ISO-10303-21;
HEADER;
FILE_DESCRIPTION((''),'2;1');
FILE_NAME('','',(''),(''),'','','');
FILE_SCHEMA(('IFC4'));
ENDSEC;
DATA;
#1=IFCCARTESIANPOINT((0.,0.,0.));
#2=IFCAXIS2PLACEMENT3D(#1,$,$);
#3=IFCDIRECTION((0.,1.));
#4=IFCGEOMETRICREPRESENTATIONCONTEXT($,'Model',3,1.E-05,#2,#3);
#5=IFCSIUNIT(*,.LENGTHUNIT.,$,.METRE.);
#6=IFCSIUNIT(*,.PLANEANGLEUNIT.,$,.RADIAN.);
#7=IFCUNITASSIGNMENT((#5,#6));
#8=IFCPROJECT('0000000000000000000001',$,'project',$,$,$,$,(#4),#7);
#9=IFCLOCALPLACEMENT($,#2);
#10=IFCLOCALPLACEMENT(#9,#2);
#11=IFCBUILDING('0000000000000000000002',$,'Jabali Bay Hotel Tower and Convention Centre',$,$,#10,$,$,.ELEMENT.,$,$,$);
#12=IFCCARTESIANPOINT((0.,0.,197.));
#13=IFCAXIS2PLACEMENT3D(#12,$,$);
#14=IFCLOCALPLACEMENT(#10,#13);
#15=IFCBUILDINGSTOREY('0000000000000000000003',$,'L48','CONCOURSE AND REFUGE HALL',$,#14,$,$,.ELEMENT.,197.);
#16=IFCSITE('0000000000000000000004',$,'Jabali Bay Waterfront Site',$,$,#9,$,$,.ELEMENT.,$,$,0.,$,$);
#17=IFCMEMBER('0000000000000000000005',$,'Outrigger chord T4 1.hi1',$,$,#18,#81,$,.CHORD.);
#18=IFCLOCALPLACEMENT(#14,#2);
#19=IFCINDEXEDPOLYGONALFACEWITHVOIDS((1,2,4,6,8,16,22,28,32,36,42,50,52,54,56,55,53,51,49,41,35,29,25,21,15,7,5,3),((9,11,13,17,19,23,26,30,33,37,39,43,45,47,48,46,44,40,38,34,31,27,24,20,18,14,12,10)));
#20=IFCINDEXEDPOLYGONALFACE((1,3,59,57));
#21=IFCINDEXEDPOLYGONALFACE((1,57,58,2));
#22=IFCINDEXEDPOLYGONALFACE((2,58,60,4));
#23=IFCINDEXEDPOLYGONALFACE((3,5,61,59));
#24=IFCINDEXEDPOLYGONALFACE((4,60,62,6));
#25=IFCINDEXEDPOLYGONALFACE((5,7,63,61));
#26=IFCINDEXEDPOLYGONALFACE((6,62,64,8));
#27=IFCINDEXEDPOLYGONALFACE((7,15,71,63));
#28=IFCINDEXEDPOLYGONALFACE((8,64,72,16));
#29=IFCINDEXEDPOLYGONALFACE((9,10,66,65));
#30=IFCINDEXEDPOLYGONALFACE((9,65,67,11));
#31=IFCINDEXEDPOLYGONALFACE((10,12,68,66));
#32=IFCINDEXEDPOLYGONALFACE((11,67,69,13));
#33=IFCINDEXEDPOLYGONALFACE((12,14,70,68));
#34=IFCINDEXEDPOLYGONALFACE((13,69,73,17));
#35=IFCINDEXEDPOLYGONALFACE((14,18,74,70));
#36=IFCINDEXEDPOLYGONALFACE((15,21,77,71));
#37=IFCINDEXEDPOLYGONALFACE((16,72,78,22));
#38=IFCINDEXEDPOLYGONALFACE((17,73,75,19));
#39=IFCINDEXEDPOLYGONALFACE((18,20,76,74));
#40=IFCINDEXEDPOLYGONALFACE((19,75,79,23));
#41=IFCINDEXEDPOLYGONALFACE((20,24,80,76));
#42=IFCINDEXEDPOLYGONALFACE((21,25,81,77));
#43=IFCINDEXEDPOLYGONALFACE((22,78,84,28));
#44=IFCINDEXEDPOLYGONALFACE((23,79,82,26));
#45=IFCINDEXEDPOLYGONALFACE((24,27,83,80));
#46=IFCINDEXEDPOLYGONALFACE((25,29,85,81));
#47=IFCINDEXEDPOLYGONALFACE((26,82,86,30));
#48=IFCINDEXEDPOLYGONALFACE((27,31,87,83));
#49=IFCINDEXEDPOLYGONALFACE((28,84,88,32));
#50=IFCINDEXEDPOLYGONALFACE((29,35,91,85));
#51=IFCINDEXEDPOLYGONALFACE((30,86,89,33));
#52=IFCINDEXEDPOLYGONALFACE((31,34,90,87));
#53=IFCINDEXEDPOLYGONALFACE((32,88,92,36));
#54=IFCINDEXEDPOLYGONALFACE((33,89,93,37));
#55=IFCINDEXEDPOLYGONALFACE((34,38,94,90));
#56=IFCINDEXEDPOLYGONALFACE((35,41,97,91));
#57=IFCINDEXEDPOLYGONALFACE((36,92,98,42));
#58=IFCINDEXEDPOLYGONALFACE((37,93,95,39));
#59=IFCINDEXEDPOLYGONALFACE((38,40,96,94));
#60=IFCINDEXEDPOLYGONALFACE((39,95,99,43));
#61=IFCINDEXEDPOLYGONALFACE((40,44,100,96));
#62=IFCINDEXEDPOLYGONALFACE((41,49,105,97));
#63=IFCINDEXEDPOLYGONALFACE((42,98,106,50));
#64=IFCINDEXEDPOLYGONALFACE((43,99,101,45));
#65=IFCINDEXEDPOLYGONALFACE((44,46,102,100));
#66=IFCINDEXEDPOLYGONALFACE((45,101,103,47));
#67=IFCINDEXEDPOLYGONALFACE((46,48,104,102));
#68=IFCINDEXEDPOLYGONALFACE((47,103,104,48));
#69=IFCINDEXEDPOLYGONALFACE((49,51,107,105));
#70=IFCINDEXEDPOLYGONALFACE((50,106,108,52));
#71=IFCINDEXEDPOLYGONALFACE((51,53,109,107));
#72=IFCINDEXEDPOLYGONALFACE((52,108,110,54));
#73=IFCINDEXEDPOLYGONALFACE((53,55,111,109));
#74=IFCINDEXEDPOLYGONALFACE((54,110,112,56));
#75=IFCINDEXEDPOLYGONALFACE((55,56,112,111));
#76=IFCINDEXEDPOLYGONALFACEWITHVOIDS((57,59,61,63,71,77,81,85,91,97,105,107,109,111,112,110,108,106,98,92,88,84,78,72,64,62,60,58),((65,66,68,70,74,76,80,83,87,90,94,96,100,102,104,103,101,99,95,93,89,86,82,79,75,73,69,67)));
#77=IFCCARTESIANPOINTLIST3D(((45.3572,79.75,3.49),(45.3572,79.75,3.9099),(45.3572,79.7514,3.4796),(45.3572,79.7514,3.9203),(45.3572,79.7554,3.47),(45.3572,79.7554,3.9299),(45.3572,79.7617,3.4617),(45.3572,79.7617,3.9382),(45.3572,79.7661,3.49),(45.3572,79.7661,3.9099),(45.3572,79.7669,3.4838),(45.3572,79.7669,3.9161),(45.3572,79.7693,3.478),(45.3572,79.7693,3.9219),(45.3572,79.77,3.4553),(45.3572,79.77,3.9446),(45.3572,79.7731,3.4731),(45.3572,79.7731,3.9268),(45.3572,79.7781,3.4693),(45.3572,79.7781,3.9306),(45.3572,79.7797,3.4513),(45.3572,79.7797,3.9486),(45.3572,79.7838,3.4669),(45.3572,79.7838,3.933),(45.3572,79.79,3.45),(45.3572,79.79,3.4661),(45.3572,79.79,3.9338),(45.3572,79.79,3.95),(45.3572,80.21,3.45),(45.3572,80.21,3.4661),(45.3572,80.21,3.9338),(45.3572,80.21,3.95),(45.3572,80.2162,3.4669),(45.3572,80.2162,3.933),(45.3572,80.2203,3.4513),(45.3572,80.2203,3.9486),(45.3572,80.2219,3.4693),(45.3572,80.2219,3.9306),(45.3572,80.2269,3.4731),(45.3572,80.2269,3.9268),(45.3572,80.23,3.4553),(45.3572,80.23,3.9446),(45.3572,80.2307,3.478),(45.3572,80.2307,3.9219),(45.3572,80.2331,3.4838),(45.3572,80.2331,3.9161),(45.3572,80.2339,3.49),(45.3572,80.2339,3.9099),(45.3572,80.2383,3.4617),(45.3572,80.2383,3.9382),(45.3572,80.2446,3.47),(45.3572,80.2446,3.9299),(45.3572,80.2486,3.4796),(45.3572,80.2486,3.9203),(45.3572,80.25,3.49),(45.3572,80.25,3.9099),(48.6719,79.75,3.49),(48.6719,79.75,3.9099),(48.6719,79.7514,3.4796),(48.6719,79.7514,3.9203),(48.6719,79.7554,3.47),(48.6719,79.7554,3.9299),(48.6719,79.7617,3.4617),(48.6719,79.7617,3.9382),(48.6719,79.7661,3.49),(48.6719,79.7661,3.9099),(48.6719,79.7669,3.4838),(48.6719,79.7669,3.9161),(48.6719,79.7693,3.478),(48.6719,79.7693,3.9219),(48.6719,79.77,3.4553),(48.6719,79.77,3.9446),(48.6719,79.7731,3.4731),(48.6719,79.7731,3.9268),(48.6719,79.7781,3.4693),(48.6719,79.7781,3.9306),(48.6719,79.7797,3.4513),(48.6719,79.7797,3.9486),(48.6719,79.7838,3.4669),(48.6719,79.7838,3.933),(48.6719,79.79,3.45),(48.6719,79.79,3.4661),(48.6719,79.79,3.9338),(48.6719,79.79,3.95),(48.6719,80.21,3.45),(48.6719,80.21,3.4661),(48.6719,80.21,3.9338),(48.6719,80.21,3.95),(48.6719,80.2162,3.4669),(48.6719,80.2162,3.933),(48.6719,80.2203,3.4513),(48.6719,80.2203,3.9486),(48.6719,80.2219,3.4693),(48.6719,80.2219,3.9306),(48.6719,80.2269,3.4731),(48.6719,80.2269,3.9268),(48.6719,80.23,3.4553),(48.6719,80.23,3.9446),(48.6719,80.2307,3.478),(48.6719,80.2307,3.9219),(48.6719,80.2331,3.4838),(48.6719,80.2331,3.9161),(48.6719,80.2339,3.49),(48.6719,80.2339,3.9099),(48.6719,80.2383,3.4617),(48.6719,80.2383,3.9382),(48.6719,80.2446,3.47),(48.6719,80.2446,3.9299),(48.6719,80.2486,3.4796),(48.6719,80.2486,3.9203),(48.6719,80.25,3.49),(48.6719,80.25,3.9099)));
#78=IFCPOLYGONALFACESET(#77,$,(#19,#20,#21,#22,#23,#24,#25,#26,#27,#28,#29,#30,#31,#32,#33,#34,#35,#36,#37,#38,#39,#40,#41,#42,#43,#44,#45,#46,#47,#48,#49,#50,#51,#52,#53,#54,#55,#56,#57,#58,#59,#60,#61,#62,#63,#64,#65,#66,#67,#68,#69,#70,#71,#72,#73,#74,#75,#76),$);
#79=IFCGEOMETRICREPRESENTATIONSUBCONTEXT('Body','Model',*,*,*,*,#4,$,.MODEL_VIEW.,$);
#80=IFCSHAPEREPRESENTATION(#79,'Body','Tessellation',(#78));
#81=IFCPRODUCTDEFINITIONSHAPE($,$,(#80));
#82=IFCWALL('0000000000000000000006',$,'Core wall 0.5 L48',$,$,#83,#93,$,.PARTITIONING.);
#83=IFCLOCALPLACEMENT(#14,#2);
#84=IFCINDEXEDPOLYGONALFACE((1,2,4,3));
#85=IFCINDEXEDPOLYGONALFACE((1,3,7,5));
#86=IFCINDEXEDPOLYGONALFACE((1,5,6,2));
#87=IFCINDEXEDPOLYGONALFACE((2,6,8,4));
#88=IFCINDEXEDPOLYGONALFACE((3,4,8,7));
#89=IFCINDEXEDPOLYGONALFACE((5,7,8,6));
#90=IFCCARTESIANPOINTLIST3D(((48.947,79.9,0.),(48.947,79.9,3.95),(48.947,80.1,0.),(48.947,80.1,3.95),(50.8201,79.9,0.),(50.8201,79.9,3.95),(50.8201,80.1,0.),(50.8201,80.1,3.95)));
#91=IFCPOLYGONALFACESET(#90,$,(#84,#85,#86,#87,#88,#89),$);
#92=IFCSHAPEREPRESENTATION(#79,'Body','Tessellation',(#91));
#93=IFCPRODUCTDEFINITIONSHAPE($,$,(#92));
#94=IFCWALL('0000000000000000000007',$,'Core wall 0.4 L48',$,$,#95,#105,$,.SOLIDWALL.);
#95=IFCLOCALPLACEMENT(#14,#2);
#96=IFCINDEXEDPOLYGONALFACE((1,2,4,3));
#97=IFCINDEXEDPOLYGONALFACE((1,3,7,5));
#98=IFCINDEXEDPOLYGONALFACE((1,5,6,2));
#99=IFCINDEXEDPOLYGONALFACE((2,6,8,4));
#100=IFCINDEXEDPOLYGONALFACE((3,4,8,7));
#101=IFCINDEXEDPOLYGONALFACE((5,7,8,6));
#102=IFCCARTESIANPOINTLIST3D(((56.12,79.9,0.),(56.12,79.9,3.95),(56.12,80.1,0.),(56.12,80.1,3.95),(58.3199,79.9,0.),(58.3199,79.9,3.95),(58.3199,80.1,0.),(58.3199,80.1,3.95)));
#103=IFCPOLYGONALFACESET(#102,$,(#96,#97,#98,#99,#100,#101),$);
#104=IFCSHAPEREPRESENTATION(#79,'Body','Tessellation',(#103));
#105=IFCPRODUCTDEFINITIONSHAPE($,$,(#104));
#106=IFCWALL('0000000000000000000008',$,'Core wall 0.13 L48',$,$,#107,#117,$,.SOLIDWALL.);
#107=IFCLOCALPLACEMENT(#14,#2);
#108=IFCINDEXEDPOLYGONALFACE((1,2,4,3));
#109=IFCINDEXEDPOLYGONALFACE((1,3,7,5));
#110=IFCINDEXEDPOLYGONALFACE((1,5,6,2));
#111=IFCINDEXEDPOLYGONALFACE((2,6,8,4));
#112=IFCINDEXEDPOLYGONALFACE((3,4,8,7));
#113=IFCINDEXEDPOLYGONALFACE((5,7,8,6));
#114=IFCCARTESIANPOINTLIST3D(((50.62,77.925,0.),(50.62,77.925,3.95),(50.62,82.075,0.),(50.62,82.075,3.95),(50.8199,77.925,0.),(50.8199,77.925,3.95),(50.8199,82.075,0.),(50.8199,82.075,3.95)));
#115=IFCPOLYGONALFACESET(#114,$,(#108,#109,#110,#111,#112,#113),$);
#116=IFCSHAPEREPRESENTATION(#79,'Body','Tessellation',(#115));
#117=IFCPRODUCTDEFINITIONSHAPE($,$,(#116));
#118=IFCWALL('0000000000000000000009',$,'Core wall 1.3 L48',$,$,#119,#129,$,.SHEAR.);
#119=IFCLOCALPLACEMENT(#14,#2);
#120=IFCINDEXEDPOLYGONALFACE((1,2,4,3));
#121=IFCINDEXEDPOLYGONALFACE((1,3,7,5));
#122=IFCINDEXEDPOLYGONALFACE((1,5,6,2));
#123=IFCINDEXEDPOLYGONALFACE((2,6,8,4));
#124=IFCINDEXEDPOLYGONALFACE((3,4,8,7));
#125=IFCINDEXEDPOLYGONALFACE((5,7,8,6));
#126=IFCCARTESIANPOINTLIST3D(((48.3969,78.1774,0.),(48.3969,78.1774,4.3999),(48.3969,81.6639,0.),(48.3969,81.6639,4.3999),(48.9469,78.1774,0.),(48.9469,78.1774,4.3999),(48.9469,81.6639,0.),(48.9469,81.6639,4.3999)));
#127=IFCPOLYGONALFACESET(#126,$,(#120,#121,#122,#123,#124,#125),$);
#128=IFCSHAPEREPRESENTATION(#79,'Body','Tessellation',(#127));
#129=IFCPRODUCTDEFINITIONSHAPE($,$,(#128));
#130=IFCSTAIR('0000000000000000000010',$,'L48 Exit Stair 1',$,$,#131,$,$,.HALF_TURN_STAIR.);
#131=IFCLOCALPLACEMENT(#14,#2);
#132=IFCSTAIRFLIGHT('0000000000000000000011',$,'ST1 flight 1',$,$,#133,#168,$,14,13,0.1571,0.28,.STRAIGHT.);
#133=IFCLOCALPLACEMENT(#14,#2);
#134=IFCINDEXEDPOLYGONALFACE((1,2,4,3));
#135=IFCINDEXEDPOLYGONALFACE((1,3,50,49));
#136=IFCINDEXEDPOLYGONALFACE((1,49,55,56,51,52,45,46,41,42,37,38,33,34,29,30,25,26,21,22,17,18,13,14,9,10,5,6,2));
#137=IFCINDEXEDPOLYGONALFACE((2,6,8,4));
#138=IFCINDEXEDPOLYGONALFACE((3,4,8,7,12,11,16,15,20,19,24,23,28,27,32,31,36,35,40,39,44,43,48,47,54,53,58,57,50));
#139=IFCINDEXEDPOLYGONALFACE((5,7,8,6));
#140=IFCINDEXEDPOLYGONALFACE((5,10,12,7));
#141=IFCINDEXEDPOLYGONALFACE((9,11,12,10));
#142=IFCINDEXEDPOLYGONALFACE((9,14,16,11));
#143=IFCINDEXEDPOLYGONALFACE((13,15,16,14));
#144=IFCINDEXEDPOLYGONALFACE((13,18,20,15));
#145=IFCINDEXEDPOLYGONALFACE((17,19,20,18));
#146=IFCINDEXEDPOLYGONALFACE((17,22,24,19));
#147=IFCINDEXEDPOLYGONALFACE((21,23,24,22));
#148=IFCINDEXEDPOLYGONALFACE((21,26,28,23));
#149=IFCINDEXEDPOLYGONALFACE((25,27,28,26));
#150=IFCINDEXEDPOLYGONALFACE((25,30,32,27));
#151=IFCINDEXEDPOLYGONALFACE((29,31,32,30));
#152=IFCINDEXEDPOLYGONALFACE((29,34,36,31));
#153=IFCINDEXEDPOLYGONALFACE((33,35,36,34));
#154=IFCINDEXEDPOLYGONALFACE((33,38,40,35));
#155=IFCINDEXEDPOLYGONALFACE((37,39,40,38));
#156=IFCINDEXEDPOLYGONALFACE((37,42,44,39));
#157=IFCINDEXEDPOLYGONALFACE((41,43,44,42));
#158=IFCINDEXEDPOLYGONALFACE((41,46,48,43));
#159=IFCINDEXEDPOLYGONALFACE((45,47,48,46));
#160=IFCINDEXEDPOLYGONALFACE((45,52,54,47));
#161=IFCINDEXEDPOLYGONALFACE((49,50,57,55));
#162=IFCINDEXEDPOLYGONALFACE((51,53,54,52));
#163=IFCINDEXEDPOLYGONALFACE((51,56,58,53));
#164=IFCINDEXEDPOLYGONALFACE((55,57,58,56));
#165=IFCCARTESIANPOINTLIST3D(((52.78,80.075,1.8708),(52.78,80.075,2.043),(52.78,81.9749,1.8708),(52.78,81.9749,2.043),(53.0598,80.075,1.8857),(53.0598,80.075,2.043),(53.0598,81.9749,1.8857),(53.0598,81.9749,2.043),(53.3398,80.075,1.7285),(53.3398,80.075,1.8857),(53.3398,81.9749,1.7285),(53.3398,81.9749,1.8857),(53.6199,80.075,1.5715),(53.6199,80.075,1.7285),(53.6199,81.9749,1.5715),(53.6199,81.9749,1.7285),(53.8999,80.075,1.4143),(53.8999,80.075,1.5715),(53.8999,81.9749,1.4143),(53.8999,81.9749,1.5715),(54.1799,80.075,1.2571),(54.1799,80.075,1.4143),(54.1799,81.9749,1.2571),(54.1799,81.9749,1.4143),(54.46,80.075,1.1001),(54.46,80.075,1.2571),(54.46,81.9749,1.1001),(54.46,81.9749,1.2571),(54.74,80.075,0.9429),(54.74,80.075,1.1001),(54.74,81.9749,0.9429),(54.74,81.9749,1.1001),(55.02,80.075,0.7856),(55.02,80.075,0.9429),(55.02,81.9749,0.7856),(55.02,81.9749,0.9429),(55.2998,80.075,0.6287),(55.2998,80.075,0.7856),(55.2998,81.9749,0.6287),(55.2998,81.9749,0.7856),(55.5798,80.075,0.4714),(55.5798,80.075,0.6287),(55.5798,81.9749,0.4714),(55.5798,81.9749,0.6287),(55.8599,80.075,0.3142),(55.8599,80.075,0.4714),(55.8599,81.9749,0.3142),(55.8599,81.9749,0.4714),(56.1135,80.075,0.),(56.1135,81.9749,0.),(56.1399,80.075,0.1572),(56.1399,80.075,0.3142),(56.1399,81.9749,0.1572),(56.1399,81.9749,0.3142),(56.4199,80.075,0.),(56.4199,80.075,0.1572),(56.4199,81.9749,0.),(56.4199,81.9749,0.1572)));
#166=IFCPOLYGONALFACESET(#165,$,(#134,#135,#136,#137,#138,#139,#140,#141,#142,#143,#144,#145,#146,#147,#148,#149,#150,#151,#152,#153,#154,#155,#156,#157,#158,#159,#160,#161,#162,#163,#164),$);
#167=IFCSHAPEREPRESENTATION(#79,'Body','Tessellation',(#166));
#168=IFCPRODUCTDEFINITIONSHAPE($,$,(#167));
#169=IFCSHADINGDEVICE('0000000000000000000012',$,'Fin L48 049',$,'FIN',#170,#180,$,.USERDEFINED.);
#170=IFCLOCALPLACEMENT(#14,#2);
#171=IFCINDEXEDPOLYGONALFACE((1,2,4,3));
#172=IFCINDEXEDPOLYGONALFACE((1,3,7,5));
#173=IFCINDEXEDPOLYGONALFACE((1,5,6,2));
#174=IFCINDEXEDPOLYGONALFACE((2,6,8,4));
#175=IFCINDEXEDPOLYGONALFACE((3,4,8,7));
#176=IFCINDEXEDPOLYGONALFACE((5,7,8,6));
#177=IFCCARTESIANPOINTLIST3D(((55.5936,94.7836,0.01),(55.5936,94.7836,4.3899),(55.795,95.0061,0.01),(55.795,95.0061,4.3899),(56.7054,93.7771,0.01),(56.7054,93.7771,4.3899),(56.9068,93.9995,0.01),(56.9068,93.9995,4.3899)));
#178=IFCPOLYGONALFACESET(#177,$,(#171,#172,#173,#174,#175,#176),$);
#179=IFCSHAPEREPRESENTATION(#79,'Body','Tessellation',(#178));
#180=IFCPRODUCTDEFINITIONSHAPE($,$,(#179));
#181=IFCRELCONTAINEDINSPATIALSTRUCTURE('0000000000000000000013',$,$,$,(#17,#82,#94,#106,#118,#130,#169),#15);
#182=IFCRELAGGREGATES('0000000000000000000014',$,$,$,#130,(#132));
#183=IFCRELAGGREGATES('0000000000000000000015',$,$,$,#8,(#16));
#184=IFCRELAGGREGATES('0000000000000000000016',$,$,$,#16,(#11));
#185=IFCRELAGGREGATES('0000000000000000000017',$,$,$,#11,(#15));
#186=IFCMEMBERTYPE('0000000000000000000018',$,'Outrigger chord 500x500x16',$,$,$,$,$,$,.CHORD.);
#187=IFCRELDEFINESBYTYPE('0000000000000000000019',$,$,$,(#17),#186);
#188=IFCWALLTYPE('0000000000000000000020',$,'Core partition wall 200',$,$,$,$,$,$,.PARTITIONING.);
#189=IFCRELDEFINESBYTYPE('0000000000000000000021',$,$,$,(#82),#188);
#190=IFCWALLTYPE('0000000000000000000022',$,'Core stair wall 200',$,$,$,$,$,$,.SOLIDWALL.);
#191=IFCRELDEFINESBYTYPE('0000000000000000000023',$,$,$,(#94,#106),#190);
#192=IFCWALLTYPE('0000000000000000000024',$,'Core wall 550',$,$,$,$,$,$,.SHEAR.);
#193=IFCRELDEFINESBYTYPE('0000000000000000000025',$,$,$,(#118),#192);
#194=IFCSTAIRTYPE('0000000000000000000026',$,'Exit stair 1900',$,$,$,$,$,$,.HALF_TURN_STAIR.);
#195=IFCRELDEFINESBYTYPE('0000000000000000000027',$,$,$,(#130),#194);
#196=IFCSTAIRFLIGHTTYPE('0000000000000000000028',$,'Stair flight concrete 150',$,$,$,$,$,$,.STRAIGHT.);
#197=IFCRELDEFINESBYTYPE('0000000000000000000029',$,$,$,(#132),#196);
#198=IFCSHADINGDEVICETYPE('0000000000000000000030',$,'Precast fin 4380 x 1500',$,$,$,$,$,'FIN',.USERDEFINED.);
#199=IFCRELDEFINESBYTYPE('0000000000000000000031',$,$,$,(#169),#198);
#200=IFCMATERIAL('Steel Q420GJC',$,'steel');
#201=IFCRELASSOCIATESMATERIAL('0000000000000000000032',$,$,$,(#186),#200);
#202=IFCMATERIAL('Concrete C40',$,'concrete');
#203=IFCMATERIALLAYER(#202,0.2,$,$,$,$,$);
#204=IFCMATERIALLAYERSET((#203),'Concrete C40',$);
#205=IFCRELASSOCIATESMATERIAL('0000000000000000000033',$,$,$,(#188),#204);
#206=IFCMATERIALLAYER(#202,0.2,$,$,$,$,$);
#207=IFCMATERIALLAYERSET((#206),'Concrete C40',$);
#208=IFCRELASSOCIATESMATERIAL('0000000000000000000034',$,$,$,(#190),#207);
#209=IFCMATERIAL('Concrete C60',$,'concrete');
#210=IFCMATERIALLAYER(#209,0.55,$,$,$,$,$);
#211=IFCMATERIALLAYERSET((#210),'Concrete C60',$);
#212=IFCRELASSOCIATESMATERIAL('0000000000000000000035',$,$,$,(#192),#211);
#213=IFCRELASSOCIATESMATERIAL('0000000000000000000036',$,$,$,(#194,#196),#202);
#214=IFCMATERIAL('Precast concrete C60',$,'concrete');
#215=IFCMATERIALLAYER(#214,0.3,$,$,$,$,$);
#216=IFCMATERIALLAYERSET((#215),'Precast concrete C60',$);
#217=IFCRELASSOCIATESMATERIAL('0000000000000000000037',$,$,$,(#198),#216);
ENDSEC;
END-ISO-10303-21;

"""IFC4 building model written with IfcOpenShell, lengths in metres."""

from ifc_helpers import new_model, si_unit, direction, frame, frame_2d, origin, origin_2d, place, context, subcontext, project, spatial, polyline, rectangle, hollow_rectangle, outline, extrude, material, layer, layer_set, material_profile, profile_set, type_object, element, aggregate, save


model = new_model("IFC4")

# Units and contexts
model_context = context("Model", 3, precision=1e-05, world=origin(), true_north=direction((0.0, 1.0)))
body_context = subcontext(model_context, "Body", "Model", "MODEL_VIEW")
ifc_project = project(units=[si_unit("LENGTHUNIT", "METRE"), si_unit("PLANEANGLEUNIT", "RADIAN")], contexts=[model_context])

# Site, building, storey
site_placement = place(None, origin())
site = spatial("IfcSite", under=ifc_project, at=site_placement, Name="Jabali Bay Waterfront Site", CompositionType="ELEMENT", RefElevation=0.0)
building_placement = place(site_placement, origin())
building = spatial("IfcBuilding", under=site, at=building_placement, Name="Jabali Bay Hotel Tower and Convention Centre", CompositionType="ELEMENT")
storey_placement = place(building_placement, frame((0.0, 0.0, 197.0)))
storey = spatial("IfcBuildingStorey", under=building, at=storey_placement, Name="L48", Description="CONCOURSE AND REFUGE HALL", CompositionType="ELEMENT", Elevation=197.0)

# Shared definitions
ifc_material_1 = material(Name="Concrete C60", Category="concrete")

# Member
ifc_material_2 = material(Name="Steel Q420GJC", Category="steel")
ifc_material_profile_1 = material_profile(ifc_material_2, hollow_rectangle(XDim=0.5, YDim=0.5, WallThickness=0.0161, InnerFilletRadius=0.0239, OuterFilletRadius=0.04, at=origin_2d()), Name="Outrigger chord 500x500x16")
ifc_profile_set_1 = profile_set([ifc_material_profile_1], Name="Steel Q420GJC")
member_type_1 = type_object("IfcMemberType", Name="Outrigger chord 500x500x16", PredefinedType="CHORD", material=ifc_profile_set_1)
member_1_placement = place(storey_placement, frame((48.6719, 80.0, 3.7), z_axis=(-1.0, 0.0, 0.0), x_axis=(0.0, -1.0, 0.0)))
element("IfcMember", 1, at=member_1_placement, inside=storey, type_object=member_type_1, Name="Outrigger chord T4 1.hi1", PredefinedType="CHORD", context=body_context, shape_type="SweptSolid", body=[
    extrude(hollow_rectangle(XDim=0.5, YDim=0.5, WallThickness=0.0161, InnerFilletRadius=0.0239, OuterFilletRadius=0.04, at=origin_2d()), origin(), (0.0, 0.0, 1.0), 3.3147),
])

# Walls
ifc_material_3 = material(Name="Concrete C40", Category="concrete")
ifc_layer_1 = layer(ifc_material_3, 0.2)
ifc_layer_set_1 = layer_set([ifc_layer_1], Name="Concrete C40")
wall_type_1 = type_object("IfcWallType", Name="Core partition wall 200", PredefinedType="PARTITIONING", material=ifc_layer_set_1)
wall_1_placement = place(storey_placement, frame((50.8201, 80.0, 0.0), z_axis=(0.0, 0.0, 1.0), x_axis=(-1.0, 0.0, 0.0)))
element("IfcWall", 2, at=wall_1_placement, inside=storey, type_object=wall_type_1, Name="Core wall 0.5 L48", PredefinedType="PARTITIONING", context=body_context, shape_type="SweptSolid", body=[
    extrude(rectangle(XDim=1.873, YDim=0.2, at=frame_2d((0.9365, 0.0))), origin(), (0.0, 0.0, 1.0), 3.95),
])
ifc_layer_2 = layer(ifc_material_3, 0.2)
ifc_layer_set_2 = layer_set([ifc_layer_2], Name="Concrete C40")
wall_type_2 = type_object("IfcWallType", Name="Core stair wall 200", PredefinedType="SOLIDWALL", material=ifc_layer_set_2)
wall_2_placement = place(storey_placement, frame((58.3201, 80.0, 0.0), z_axis=(0.0, 0.0, 1.0), x_axis=(-1.0, 0.0, 0.0)))
element("IfcWall", 3, at=wall_2_placement, inside=storey, type_object=wall_type_2, Name="Core wall 0.4 L48", PredefinedType="SOLIDWALL", context=body_context, shape_type="SweptSolid", body=[
    extrude(rectangle(XDim=2.2, YDim=0.2, at=frame_2d((1.1001, 0.0))), origin(), (0.0, 0.0, 1.0), 3.95),
])
wall_3_placement = place(storey_placement, frame((50.72, 82.075, 0.0), z_axis=(0.0, 0.0, 1.0), x_axis=(0.0, -1.0, 0.0)))
element("IfcWall", 4, at=wall_3_placement, inside=storey, type_object=wall_type_2, Name="Core wall 0.13 L48", PredefinedType="SOLIDWALL", context=body_context, shape_type="SweptSolid", body=[
    extrude(rectangle(XDim=4.1499, YDim=0.2, at=frame_2d((2.075, 0.0))), origin(), (0.0, 0.0, 1.0), 3.95),
])
ifc_layer_3 = layer(ifc_material_1, 0.55)
ifc_layer_set_3 = layer_set([ifc_layer_3], Name="Concrete C60")
wall_type_3 = type_object("IfcWallType", Name="Core wall 550", PredefinedType="SHEAR", material=ifc_layer_set_3)
wall_4_placement = place(storey_placement, frame((48.6719, 81.6638, 0.0), z_axis=(0.0, 0.0, 1.0), x_axis=(0.0, -1.0, 0.0)))
element("IfcWall", 5, at=wall_4_placement, inside=storey, type_object=wall_type_3, Name="Core wall 1.3 L48", PredefinedType="SHEAR", context=body_context, shape_type="SweptSolid", body=[
    extrude(rectangle(XDim=3.4866, YDim=0.55, at=frame_2d((1.7432, 0.0))), origin(), (0.0, 0.0, 1.0), 4.3999),
])

# Stair, stair flight
stair_type = type_object("IfcStairType", Name="Exit stair 1900", PredefinedType="HALF_TURN_STAIR", material=ifc_material_3)
stair_placement = place(storey_placement, origin())
stair = element("IfcStair", 6, at=stair_placement, inside=storey, type_object=stair_type, Name="L48 Exit Stair 1", PredefinedType="HALF_TURN_STAIR")
stair_flight_type = type_object("IfcStairFlightType", Name="Stair flight concrete 150", PredefinedType="STRAIGHT", material=ifc_material_3)
stair_flight_placement = place(storey_placement, frame((56.4199, 81.0249, 0.0), z_axis=(0.0, 0.0, 1.0), x_axis=(-1.0, 0.0, 0.0)))
stair_flight = element("IfcStairFlight", 7, at=stair_flight_placement, type_object=stair_flight_type, Name="ST1 flight 1", NumberOfRisers=14, NumberOfTreads=13, PredefinedType="STRAIGHT", RiserHeight=0.1571, TreadLength=0.28, context=body_context, shape_type="SweptSolid", body=[
    extrude(outline(polyline([(0.0, 0.0), (0.0, 0.1572), (0.28, 0.1572), (0.28, 0.3142), (0.5601, 0.3142), (0.5601, 0.4714), (0.8401, 0.4714), (0.8401, 0.6287), (1.1201, 0.6287), (1.1201, 0.7856), (1.3999, 0.7856), (1.3999, 0.9429), (1.6799, 0.9429), (1.6799, 1.1001), (1.96, 1.1001), (1.96, 1.2571), (2.24, 1.2571), (2.24, 1.4143), (2.52, 1.4143), (2.52, 1.5715), (2.8, 1.5715), (2.8, 1.7285), (3.0801, 1.7285), (3.0801, 1.8857), (3.3601, 1.8857), (3.3601, 2.043), (3.6399, 2.043), (3.6399, 2.2), (3.6399, 1.8708), (0.3064, 0.0), (0.0, 0.0)])), frame((0.0, 0.95, 0.0), z_axis=(0.0, -1.0, 0.0), x_axis=(1.0, 0.0, 0.0)), (0.0, 0.0, 1.0), 1.8999),
])
aggregate(stair, [stair_flight])

# Shading device
ifc_material_4 = material(Name="Precast concrete C60", Category="concrete")
ifc_layer_4 = layer(ifc_material_4, 0.3)
ifc_layer_set_4 = layer_set([ifc_layer_4], Name="Precast concrete C60")
shading_device_type = type_object("IfcShadingDeviceType", Name="Precast fin 4380 x 1500", ElementType="FIN", PredefinedType="USERDEFINED", material=ifc_layer_set_4)
shading_device_1_placement = place(storey_placement, frame((56.8062, 93.8882, 0.01), z_axis=(0.0, 0.0, 1.0), x_axis=(-0.741316, 0.671156, 0.0)))
element("IfcShadingDevice", 8, at=shading_device_1_placement, inside=storey, type_object=shading_device_type, Name="Fin L48 049", ObjectType="FIN", PredefinedType="USERDEFINED", context=body_context, shape_type="SweptSolid", body=[
    extrude(rectangle(XDim=1.4998, YDim=0.3, at=frame_2d((0.75, 0.0))), origin(), (0.0, 0.0, 1.0), 4.3799),
])

save(model, "model.ifc")
